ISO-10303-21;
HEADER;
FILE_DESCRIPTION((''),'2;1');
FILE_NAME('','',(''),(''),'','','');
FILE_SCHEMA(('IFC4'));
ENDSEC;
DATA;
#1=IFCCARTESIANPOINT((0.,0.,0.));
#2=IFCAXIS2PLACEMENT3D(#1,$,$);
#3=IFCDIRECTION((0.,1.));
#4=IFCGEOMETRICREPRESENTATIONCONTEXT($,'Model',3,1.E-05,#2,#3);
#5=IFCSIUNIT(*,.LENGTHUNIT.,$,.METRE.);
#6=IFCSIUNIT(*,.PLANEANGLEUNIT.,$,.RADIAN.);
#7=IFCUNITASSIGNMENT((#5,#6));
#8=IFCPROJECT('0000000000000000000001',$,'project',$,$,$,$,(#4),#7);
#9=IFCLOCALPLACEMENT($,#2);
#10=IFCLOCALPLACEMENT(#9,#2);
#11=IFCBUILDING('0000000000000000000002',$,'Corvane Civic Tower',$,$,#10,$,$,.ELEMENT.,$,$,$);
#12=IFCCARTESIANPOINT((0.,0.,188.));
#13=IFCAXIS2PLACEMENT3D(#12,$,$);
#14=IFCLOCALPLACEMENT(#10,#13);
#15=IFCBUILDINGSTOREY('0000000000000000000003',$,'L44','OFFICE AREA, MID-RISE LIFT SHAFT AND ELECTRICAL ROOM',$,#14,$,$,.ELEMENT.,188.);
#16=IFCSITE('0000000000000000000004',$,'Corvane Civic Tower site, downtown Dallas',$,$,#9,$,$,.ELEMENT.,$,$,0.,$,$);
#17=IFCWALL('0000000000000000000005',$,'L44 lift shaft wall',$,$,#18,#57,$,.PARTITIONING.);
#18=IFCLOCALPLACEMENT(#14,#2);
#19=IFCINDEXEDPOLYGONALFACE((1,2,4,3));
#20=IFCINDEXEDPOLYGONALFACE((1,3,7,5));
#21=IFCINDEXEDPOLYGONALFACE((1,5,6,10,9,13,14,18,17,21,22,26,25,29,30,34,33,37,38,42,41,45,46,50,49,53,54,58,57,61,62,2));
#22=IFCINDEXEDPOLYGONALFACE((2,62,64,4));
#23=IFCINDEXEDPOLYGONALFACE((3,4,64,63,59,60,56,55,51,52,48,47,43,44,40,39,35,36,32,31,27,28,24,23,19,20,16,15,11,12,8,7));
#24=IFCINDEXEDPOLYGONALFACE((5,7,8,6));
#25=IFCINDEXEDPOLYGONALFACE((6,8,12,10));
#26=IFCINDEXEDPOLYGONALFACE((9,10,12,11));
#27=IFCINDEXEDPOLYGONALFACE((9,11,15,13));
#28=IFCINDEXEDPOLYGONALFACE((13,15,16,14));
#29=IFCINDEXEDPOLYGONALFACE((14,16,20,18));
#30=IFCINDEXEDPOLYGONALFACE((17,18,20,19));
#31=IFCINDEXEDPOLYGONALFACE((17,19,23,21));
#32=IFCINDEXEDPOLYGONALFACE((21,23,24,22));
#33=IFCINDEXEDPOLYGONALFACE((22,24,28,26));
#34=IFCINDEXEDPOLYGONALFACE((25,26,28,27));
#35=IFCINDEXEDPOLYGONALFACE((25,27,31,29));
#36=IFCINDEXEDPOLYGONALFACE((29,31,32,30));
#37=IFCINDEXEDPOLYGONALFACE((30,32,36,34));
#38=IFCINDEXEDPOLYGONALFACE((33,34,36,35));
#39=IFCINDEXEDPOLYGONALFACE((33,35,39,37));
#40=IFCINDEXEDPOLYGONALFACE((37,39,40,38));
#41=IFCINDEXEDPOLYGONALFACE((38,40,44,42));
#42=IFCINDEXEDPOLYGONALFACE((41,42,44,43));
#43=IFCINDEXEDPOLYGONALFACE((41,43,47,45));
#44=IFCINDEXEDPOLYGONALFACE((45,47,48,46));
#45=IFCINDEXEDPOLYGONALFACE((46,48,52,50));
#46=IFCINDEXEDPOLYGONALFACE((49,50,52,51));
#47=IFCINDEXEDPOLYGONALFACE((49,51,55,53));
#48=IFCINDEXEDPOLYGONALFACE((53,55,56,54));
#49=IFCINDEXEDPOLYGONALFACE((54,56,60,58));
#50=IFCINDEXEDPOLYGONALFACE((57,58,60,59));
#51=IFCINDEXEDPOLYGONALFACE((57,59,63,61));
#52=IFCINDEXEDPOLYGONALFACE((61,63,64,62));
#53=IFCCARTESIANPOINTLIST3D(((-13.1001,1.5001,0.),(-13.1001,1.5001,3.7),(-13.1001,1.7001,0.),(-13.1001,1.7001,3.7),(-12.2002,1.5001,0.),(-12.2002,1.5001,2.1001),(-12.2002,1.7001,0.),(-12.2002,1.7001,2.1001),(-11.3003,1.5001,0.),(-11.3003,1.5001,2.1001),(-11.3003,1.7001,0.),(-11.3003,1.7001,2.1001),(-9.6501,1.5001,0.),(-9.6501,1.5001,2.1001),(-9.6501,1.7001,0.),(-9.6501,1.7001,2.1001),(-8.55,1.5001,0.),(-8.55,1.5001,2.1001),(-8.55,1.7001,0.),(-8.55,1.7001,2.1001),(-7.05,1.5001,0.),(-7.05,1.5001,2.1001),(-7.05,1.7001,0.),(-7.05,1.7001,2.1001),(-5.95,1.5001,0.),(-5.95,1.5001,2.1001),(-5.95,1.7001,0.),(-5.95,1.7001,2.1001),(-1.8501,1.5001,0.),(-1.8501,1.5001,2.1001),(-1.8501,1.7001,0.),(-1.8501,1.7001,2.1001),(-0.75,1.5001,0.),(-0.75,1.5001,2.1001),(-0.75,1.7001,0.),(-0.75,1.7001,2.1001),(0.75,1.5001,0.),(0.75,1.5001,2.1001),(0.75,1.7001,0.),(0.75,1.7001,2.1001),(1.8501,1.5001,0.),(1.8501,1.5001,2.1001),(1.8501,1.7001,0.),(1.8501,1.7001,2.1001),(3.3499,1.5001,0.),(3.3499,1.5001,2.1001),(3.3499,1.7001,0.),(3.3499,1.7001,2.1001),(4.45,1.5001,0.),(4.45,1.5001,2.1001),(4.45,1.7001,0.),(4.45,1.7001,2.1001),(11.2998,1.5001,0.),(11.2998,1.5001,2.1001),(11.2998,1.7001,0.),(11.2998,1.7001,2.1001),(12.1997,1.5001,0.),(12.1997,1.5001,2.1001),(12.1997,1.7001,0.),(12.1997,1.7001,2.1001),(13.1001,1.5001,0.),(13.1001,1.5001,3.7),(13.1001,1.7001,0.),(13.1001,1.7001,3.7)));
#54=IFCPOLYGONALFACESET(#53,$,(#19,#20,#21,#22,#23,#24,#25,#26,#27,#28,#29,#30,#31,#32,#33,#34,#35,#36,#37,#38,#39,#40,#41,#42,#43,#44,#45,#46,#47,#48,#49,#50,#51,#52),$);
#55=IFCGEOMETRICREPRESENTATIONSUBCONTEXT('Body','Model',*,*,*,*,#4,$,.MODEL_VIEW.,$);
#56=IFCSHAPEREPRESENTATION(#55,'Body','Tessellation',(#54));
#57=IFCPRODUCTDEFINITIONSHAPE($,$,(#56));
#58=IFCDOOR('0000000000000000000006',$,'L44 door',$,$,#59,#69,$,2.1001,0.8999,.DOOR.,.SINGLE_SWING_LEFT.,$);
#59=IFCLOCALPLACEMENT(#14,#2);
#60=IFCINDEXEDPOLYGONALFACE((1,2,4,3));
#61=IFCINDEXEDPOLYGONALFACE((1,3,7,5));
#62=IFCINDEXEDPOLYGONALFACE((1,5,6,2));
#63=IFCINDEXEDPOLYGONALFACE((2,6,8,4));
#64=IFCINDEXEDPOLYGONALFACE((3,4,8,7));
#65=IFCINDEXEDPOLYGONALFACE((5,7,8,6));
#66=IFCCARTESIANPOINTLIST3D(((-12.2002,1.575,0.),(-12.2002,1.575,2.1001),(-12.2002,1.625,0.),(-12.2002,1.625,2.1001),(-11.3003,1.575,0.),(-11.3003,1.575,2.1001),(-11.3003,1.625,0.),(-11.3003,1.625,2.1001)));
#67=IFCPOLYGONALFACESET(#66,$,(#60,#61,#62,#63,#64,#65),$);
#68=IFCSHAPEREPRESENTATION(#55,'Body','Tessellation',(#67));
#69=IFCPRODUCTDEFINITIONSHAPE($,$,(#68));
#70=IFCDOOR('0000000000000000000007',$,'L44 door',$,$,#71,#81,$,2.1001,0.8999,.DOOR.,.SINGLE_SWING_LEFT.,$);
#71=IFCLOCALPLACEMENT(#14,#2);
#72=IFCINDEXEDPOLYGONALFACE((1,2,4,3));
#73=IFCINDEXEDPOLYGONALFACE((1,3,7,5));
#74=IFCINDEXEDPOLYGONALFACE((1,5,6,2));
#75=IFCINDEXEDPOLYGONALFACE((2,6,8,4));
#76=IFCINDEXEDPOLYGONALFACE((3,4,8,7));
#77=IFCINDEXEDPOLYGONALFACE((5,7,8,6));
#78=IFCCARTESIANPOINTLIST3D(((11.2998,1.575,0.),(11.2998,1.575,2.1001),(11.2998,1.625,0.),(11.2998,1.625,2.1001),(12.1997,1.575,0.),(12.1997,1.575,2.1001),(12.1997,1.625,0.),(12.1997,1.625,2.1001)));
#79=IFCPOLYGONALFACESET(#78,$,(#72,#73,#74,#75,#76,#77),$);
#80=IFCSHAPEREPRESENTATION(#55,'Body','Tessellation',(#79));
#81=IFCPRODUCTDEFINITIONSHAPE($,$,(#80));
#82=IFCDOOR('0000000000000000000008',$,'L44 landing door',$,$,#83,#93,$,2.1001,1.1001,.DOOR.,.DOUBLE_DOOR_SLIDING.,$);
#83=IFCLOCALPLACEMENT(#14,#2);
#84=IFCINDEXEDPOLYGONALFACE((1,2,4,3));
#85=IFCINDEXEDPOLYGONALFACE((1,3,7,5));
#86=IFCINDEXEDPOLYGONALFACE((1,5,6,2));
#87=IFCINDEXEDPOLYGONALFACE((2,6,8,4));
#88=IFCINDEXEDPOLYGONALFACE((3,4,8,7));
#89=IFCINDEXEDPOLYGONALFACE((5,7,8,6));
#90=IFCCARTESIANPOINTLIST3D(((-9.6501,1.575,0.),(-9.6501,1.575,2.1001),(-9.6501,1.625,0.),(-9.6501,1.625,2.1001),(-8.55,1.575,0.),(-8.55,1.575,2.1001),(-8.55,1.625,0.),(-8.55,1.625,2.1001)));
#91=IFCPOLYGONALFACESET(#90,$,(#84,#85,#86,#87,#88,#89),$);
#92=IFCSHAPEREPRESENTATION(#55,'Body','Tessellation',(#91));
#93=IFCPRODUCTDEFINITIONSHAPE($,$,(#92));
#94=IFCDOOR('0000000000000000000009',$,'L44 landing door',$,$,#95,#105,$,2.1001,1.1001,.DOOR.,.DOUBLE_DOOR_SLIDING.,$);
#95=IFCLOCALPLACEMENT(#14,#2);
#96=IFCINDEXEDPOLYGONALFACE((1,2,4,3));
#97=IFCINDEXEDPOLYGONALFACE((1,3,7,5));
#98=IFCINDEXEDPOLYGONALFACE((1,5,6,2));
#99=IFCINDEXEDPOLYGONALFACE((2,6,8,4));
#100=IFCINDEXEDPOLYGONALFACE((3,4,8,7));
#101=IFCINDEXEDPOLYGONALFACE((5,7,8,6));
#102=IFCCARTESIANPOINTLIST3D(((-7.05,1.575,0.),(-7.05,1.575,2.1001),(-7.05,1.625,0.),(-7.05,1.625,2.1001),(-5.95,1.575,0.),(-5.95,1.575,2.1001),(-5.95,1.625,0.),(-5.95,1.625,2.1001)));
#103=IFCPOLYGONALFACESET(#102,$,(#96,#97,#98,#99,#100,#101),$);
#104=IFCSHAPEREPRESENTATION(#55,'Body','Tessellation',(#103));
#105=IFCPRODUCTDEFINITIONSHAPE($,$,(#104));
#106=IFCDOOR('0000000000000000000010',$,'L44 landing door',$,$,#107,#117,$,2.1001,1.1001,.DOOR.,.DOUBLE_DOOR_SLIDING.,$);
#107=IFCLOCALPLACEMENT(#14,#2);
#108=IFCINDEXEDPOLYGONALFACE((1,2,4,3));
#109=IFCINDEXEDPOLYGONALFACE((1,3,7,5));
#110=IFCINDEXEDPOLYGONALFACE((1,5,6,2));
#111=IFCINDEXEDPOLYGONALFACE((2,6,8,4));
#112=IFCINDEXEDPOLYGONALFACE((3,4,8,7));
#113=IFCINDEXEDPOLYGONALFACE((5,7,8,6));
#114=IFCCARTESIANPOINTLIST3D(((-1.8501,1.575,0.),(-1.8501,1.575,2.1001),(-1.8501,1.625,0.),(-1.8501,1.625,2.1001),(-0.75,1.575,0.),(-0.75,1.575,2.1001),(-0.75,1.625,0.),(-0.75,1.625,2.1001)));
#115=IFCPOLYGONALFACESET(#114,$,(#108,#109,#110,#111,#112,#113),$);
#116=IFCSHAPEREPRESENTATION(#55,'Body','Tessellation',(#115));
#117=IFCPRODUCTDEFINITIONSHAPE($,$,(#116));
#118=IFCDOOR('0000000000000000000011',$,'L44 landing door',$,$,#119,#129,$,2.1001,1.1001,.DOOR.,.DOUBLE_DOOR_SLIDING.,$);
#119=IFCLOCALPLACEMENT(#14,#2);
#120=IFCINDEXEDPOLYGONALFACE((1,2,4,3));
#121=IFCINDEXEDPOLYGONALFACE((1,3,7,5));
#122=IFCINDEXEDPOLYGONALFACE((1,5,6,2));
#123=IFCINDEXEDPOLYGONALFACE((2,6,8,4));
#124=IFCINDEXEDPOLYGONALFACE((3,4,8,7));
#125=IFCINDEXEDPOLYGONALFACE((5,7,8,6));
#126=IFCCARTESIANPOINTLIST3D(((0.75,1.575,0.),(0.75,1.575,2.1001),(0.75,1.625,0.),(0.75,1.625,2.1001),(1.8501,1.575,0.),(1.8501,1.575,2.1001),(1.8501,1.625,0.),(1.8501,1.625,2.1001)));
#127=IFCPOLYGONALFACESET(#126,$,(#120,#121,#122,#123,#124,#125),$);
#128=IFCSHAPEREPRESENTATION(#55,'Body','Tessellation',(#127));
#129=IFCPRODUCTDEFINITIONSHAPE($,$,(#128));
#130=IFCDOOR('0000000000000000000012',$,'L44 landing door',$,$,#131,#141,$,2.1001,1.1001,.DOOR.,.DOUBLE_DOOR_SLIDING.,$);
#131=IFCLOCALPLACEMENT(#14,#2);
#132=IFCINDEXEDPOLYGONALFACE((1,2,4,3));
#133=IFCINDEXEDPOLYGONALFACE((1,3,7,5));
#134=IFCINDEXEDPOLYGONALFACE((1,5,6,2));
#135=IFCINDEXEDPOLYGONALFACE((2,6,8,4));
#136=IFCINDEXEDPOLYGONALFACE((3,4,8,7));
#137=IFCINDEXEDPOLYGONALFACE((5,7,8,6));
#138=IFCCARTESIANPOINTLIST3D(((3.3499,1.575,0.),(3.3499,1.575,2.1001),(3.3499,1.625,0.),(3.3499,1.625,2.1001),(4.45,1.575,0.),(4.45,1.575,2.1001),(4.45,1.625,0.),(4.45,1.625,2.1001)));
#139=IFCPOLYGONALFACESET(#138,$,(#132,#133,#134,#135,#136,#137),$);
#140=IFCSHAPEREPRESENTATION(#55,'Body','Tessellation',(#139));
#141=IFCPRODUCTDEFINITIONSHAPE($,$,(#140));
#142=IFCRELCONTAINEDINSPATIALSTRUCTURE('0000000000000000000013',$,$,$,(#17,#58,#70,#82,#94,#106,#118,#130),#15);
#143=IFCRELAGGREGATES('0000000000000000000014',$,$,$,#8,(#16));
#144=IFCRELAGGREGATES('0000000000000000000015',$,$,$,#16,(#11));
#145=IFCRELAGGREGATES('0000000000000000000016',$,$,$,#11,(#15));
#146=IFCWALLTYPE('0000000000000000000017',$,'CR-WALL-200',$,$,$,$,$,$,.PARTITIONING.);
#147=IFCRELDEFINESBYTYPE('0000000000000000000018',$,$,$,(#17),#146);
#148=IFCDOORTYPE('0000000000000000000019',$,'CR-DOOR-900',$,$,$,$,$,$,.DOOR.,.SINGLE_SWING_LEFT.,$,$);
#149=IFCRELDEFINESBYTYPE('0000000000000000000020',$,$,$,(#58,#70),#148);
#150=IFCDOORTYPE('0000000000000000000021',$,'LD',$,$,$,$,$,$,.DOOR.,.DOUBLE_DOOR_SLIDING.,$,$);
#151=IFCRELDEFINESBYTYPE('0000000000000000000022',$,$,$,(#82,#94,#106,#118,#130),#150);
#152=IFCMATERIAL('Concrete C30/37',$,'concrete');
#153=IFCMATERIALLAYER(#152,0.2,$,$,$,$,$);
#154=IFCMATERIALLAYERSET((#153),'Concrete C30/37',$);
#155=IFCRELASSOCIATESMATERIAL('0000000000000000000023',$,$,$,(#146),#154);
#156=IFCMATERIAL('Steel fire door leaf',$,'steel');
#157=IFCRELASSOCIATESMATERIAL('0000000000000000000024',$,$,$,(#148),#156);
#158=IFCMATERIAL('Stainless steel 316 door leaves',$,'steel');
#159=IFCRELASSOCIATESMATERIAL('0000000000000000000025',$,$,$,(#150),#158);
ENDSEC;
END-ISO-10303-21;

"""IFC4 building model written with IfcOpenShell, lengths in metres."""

from ifc_helpers import new_model, si_unit, direction, frame, frame_2d, origin, place, context, subcontext, project, spatial, rectangle, extrude, material, layer, layer_set, type_object, element, fill, save


model = new_model("IFC4")

# Units and contexts
model_context = context("Model", 3, precision=1e-05, world=origin(), true_north=direction((0.0, 1.0)))
body_context = subcontext(model_context, "Body", "Model", "MODEL_VIEW")
ifc_project = project(units=[si_unit("LENGTHUNIT", "METRE"), si_unit("PLANEANGLEUNIT", "RADIAN")], contexts=[model_context])

# Site, building, storey
site_placement = place(None, origin())
site = spatial("IfcSite", under=ifc_project, at=site_placement, Name="Corvane Civic Tower site, downtown Dallas", CompositionType="ELEMENT", RefElevation=0.0)
building_placement = place(site_placement, origin())
building = spatial("IfcBuilding", under=site, at=building_placement, Name="Corvane Civic Tower", CompositionType="ELEMENT")
storey_placement = place(building_placement, frame((0.0, 0.0, 188.0)))
storey = spatial("IfcBuildingStorey", under=building, at=storey_placement, Name="L44", Description="OFFICE AREA, MID-RISE LIFT SHAFT AND ELECTRICAL ROOM", CompositionType="ELEMENT", Elevation=188.0)

# Wall, openings, doors
ifc_material_1 = material(Name="Concrete C30/37", Category="concrete")
ifc_layer_1 = layer(ifc_material_1, 0.2)
ifc_layer_set_1 = layer_set([ifc_layer_1], Name="Concrete C30/37")
wall_type_1 = type_object("IfcWallType", Name="CR-WALL-200", PredefinedType="PARTITIONING", material=ifc_layer_set_1)
wall_1_placement = place(storey_placement, frame((-13.1001, 1.6001, 0.0), z_axis=(0.0, 0.0, 1.0), x_axis=(1.0, 0.0, 0.0)))
wall_1 = element("IfcWall", 1, at=wall_1_placement, inside=storey, type_object=wall_type_1, Name="L44 lift shaft wall", PredefinedType="PARTITIONING", context=body_context, shape_type="SweptSolid", body=[
    extrude(rectangle(XDim=26.2002, YDim=0.2, at=frame_2d((13.1001, 0.0))), origin(), (0.0, 0.0, 1.0), 3.7),
])
opening_1_placement = place(wall_1_placement, frame((3.45, 0.0, 0.0)))
opening_1 = element("IfcOpeningElement", 2, at=opening_1_placement, cuts=wall_1, PredefinedType="OPENING", context=body_context, shape_type="SweptSolid", body=[
    extrude(rectangle(XDim=1.1001, YDim=2.1001, at=frame_2d((0.55, 1.05))), frame((0.0, 0.1099, 0.0), z_axis=(0.0, -1.0, 0.0), x_axis=(1.0, 0.0, 0.0)), (0.0, 0.0, 1.0), 0.22),
])
opening_2_placement = place(wall_1_placement, frame((6.05, 0.0, 0.0)))
opening_2 = element("IfcOpeningElement", 3, at=opening_2_placement, cuts=wall_1, PredefinedType="OPENING", context=body_context, shape_type="SweptSolid", body=[
    extrude(rectangle(XDim=1.1001, YDim=2.1001, at=frame_2d((0.55, 1.05))), frame((0.0, 0.1099, 0.0), z_axis=(0.0, -1.0, 0.0), x_axis=(1.0, 0.0, 0.0)), (0.0, 0.0, 1.0), 0.22),
])
opening_3_placement = place(wall_1_placement, frame((11.25, 0.0, 0.0)))
opening_3 = element("IfcOpeningElement", 4, at=opening_3_placement, cuts=wall_1, PredefinedType="OPENING", context=body_context, shape_type="SweptSolid", body=[
    extrude(rectangle(XDim=1.1001, YDim=2.1001, at=frame_2d((0.55, 1.05))), frame((0.0, 0.1099, 0.0), z_axis=(0.0, -1.0, 0.0), x_axis=(1.0, 0.0, 0.0)), (0.0, 0.0, 1.0), 0.22),
])
opening_4_placement = place(wall_1_placement, frame((13.8501, 0.0, 0.0)))
opening_4 = element("IfcOpeningElement", 5, at=opening_4_placement, cuts=wall_1, PredefinedType="OPENING", context=body_context, shape_type="SweptSolid", body=[
    extrude(rectangle(XDim=1.1001, YDim=2.1001, at=frame_2d((0.55, 1.05))), frame((0.0, 0.1099, 0.0), z_axis=(0.0, -1.0, 0.0), x_axis=(1.0, 0.0, 0.0)), (0.0, 0.0, 1.0), 0.22),
])
opening_5_placement = place(wall_1_placement, frame((16.45, 0.0, 0.0)))
opening_5 = element("IfcOpeningElement", 6, at=opening_5_placement, cuts=wall_1, PredefinedType="OPENING", context=body_context, shape_type="SweptSolid", body=[
    extrude(rectangle(XDim=1.1001, YDim=2.1001, at=frame_2d((0.55, 1.05))), frame((0.0, 0.1099, 0.0), z_axis=(0.0, -1.0, 0.0), x_axis=(1.0, 0.0, 0.0)), (0.0, 0.0, 1.0), 0.22),
])
opening_6_placement = place(wall_1_placement, frame((0.8999, 0.0, 0.0)))
opening_6 = element("IfcOpeningElement", 7, at=opening_6_placement, cuts=wall_1, PredefinedType="OPENING", context=body_context, shape_type="SweptSolid", body=[
    extrude(rectangle(XDim=0.8999, YDim=2.1001, at=frame_2d((0.45, 1.05))), frame((0.0, 0.1099, 0.0), z_axis=(0.0, -1.0, 0.0), x_axis=(1.0, 0.0, 0.0)), (0.0, 0.0, 1.0), 0.22),
])
opening_7_placement = place(wall_1_placement, frame((24.3999, 0.0, 0.0)))
opening_7 = element("IfcOpeningElement", 8, at=opening_7_placement, cuts=wall_1, PredefinedType="OPENING", context=body_context, shape_type="SweptSolid", body=[
    extrude(rectangle(XDim=0.8999, YDim=2.1001, at=frame_2d((0.45, 1.05))), frame((0.0, 0.1099, 0.0), z_axis=(0.0, -1.0, 0.0), x_axis=(1.0, 0.0, 0.0)), (0.0, 0.0, 1.0), 0.22),
])
ifc_material_2 = material(Name="Steel fire door leaf", Category="steel")
door_type_1 = type_object("IfcDoorType", Name="CR-DOOR-900", OperationType="SINGLE_SWING_LEFT", PredefinedType="DOOR", material=ifc_material_2)
door_1_placement = place(opening_6_placement, origin())
door_1 = element("IfcDoor", 9, at=door_1_placement, inside=storey, type_object=door_type_1, Name="L44 door", OperationType="SINGLE_SWING_LEFT", OverallHeight=2.1001, OverallWidth=0.8999, PredefinedType="DOOR", context=body_context, shape_type="SweptSolid", body=[
    extrude(rectangle(XDim=0.8999, YDim=2.1001, at=frame_2d((0.45, 1.05))), frame((0.0, 0.0249, 0.0), z_axis=(0.0, -1.0, 0.0), x_axis=(1.0, 0.0, 0.0)), (0.0, 0.0, 1.0), 0.05),
])
fill(opening_6, door_1)
door_2_placement = place(opening_7_placement, origin())
door_2 = element("IfcDoor", 10, at=door_2_placement, inside=storey, type_object=door_type_1, Name="L44 door", OperationType="SINGLE_SWING_LEFT", OverallHeight=2.1001, OverallWidth=0.8999, PredefinedType="DOOR", context=body_context, shape_type="SweptSolid", body=[
    extrude(rectangle(XDim=0.8999, YDim=2.1001, at=frame_2d((0.45, 1.05))), frame((0.0, 0.0249, 0.0), z_axis=(0.0, -1.0, 0.0), x_axis=(1.0, 0.0, 0.0)), (0.0, 0.0, 1.0), 0.05),
])
fill(opening_7, door_2)
ifc_material_3 = material(Name="Stainless steel 316 door leaves", Category="steel")
door_type_2 = type_object("IfcDoorType", Name="LD", OperationType="DOUBLE_DOOR_SLIDING", PredefinedType="DOOR", material=ifc_material_3)
door_3_placement = place(opening_1_placement, origin())
door_3 = element("IfcDoor", 11, at=door_3_placement, inside=storey, type_object=door_type_2, Name="L44 landing door", OperationType="DOUBLE_DOOR_SLIDING", OverallHeight=2.1001, OverallWidth=1.1001, PredefinedType="DOOR", context=body_context, shape_type="SweptSolid", body=[
    extrude(rectangle(XDim=1.1001, YDim=2.1001, at=frame_2d((0.55, 1.05))), frame((0.0, 0.0249, 0.0), z_axis=(0.0, -1.0, 0.0), x_axis=(1.0, 0.0, 0.0)), (0.0, 0.0, 1.0), 0.05),
])
fill(opening_1, door_3)
door_4_placement = place(opening_2_placement, origin())
door_4 = element("IfcDoor", 12, at=door_4_placement, inside=storey, type_object=door_type_2, Name="L44 landing door", OperationType="DOUBLE_DOOR_SLIDING", OverallHeight=2.1001, OverallWidth=1.1001, PredefinedType="DOOR", context=body_context, shape_type="SweptSolid", body=[
    extrude(rectangle(XDim=1.1001, YDim=2.1001, at=frame_2d((0.55, 1.05))), frame((0.0, 0.0249, 0.0), z_axis=(0.0, -1.0, 0.0), x_axis=(1.0, 0.0, 0.0)), (0.0, 0.0, 1.0), 0.05),
])
fill(opening_2, door_4)
door_5_placement = place(opening_3_placement, origin())
door_5 = element("IfcDoor", 13, at=door_5_placement, inside=storey, type_object=door_type_2, Name="L44 landing door", OperationType="DOUBLE_DOOR_SLIDING", OverallHeight=2.1001, OverallWidth=1.1001, PredefinedType="DOOR", context=body_context, shape_type="SweptSolid", body=[
    extrude(rectangle(XDim=1.1001, YDim=2.1001, at=frame_2d((0.55, 1.05))), frame((0.0, 0.0249, 0.0), z_axis=(0.0, -1.0, 0.0), x_axis=(1.0, 0.0, 0.0)), (0.0, 0.0, 1.0), 0.05),
])
fill(opening_3, door_5)
door_6_placement = place(opening_4_placement, origin())
door_6 = element("IfcDoor", 14, at=door_6_placement, inside=storey, type_object=door_type_2, Name="L44 landing door", OperationType="DOUBLE_DOOR_SLIDING", OverallHeight=2.1001, OverallWidth=1.1001, PredefinedType="DOOR", context=body_context, shape_type="SweptSolid", body=[
    extrude(rectangle(XDim=1.1001, YDim=2.1001, at=frame_2d((0.55, 1.05))), frame((0.0, 0.0249, 0.0), z_axis=(0.0, -1.0, 0.0), x_axis=(1.0, 0.0, 0.0)), (0.0, 0.0, 1.0), 0.05),
])
fill(opening_4, door_6)
door_7_placement = place(opening_5_placement, origin())
door_7 = element("IfcDoor", 15, at=door_7_placement, inside=storey, type_object=door_type_2, Name="L44 landing door", OperationType="DOUBLE_DOOR_SLIDING", OverallHeight=2.1001, OverallWidth=1.1001, PredefinedType="DOOR", context=body_context, shape_type="SweptSolid", body=[
    extrude(rectangle(XDim=1.1001, YDim=2.1001, at=frame_2d((0.55, 1.05))), frame((0.0, 0.0249, 0.0), z_axis=(0.0, -1.0, 0.0), x_axis=(1.0, 0.0, 0.0)), (0.0, 0.0, 1.0), 0.05),
])
fill(opening_5, door_7)

save(model, "model.ifc")
